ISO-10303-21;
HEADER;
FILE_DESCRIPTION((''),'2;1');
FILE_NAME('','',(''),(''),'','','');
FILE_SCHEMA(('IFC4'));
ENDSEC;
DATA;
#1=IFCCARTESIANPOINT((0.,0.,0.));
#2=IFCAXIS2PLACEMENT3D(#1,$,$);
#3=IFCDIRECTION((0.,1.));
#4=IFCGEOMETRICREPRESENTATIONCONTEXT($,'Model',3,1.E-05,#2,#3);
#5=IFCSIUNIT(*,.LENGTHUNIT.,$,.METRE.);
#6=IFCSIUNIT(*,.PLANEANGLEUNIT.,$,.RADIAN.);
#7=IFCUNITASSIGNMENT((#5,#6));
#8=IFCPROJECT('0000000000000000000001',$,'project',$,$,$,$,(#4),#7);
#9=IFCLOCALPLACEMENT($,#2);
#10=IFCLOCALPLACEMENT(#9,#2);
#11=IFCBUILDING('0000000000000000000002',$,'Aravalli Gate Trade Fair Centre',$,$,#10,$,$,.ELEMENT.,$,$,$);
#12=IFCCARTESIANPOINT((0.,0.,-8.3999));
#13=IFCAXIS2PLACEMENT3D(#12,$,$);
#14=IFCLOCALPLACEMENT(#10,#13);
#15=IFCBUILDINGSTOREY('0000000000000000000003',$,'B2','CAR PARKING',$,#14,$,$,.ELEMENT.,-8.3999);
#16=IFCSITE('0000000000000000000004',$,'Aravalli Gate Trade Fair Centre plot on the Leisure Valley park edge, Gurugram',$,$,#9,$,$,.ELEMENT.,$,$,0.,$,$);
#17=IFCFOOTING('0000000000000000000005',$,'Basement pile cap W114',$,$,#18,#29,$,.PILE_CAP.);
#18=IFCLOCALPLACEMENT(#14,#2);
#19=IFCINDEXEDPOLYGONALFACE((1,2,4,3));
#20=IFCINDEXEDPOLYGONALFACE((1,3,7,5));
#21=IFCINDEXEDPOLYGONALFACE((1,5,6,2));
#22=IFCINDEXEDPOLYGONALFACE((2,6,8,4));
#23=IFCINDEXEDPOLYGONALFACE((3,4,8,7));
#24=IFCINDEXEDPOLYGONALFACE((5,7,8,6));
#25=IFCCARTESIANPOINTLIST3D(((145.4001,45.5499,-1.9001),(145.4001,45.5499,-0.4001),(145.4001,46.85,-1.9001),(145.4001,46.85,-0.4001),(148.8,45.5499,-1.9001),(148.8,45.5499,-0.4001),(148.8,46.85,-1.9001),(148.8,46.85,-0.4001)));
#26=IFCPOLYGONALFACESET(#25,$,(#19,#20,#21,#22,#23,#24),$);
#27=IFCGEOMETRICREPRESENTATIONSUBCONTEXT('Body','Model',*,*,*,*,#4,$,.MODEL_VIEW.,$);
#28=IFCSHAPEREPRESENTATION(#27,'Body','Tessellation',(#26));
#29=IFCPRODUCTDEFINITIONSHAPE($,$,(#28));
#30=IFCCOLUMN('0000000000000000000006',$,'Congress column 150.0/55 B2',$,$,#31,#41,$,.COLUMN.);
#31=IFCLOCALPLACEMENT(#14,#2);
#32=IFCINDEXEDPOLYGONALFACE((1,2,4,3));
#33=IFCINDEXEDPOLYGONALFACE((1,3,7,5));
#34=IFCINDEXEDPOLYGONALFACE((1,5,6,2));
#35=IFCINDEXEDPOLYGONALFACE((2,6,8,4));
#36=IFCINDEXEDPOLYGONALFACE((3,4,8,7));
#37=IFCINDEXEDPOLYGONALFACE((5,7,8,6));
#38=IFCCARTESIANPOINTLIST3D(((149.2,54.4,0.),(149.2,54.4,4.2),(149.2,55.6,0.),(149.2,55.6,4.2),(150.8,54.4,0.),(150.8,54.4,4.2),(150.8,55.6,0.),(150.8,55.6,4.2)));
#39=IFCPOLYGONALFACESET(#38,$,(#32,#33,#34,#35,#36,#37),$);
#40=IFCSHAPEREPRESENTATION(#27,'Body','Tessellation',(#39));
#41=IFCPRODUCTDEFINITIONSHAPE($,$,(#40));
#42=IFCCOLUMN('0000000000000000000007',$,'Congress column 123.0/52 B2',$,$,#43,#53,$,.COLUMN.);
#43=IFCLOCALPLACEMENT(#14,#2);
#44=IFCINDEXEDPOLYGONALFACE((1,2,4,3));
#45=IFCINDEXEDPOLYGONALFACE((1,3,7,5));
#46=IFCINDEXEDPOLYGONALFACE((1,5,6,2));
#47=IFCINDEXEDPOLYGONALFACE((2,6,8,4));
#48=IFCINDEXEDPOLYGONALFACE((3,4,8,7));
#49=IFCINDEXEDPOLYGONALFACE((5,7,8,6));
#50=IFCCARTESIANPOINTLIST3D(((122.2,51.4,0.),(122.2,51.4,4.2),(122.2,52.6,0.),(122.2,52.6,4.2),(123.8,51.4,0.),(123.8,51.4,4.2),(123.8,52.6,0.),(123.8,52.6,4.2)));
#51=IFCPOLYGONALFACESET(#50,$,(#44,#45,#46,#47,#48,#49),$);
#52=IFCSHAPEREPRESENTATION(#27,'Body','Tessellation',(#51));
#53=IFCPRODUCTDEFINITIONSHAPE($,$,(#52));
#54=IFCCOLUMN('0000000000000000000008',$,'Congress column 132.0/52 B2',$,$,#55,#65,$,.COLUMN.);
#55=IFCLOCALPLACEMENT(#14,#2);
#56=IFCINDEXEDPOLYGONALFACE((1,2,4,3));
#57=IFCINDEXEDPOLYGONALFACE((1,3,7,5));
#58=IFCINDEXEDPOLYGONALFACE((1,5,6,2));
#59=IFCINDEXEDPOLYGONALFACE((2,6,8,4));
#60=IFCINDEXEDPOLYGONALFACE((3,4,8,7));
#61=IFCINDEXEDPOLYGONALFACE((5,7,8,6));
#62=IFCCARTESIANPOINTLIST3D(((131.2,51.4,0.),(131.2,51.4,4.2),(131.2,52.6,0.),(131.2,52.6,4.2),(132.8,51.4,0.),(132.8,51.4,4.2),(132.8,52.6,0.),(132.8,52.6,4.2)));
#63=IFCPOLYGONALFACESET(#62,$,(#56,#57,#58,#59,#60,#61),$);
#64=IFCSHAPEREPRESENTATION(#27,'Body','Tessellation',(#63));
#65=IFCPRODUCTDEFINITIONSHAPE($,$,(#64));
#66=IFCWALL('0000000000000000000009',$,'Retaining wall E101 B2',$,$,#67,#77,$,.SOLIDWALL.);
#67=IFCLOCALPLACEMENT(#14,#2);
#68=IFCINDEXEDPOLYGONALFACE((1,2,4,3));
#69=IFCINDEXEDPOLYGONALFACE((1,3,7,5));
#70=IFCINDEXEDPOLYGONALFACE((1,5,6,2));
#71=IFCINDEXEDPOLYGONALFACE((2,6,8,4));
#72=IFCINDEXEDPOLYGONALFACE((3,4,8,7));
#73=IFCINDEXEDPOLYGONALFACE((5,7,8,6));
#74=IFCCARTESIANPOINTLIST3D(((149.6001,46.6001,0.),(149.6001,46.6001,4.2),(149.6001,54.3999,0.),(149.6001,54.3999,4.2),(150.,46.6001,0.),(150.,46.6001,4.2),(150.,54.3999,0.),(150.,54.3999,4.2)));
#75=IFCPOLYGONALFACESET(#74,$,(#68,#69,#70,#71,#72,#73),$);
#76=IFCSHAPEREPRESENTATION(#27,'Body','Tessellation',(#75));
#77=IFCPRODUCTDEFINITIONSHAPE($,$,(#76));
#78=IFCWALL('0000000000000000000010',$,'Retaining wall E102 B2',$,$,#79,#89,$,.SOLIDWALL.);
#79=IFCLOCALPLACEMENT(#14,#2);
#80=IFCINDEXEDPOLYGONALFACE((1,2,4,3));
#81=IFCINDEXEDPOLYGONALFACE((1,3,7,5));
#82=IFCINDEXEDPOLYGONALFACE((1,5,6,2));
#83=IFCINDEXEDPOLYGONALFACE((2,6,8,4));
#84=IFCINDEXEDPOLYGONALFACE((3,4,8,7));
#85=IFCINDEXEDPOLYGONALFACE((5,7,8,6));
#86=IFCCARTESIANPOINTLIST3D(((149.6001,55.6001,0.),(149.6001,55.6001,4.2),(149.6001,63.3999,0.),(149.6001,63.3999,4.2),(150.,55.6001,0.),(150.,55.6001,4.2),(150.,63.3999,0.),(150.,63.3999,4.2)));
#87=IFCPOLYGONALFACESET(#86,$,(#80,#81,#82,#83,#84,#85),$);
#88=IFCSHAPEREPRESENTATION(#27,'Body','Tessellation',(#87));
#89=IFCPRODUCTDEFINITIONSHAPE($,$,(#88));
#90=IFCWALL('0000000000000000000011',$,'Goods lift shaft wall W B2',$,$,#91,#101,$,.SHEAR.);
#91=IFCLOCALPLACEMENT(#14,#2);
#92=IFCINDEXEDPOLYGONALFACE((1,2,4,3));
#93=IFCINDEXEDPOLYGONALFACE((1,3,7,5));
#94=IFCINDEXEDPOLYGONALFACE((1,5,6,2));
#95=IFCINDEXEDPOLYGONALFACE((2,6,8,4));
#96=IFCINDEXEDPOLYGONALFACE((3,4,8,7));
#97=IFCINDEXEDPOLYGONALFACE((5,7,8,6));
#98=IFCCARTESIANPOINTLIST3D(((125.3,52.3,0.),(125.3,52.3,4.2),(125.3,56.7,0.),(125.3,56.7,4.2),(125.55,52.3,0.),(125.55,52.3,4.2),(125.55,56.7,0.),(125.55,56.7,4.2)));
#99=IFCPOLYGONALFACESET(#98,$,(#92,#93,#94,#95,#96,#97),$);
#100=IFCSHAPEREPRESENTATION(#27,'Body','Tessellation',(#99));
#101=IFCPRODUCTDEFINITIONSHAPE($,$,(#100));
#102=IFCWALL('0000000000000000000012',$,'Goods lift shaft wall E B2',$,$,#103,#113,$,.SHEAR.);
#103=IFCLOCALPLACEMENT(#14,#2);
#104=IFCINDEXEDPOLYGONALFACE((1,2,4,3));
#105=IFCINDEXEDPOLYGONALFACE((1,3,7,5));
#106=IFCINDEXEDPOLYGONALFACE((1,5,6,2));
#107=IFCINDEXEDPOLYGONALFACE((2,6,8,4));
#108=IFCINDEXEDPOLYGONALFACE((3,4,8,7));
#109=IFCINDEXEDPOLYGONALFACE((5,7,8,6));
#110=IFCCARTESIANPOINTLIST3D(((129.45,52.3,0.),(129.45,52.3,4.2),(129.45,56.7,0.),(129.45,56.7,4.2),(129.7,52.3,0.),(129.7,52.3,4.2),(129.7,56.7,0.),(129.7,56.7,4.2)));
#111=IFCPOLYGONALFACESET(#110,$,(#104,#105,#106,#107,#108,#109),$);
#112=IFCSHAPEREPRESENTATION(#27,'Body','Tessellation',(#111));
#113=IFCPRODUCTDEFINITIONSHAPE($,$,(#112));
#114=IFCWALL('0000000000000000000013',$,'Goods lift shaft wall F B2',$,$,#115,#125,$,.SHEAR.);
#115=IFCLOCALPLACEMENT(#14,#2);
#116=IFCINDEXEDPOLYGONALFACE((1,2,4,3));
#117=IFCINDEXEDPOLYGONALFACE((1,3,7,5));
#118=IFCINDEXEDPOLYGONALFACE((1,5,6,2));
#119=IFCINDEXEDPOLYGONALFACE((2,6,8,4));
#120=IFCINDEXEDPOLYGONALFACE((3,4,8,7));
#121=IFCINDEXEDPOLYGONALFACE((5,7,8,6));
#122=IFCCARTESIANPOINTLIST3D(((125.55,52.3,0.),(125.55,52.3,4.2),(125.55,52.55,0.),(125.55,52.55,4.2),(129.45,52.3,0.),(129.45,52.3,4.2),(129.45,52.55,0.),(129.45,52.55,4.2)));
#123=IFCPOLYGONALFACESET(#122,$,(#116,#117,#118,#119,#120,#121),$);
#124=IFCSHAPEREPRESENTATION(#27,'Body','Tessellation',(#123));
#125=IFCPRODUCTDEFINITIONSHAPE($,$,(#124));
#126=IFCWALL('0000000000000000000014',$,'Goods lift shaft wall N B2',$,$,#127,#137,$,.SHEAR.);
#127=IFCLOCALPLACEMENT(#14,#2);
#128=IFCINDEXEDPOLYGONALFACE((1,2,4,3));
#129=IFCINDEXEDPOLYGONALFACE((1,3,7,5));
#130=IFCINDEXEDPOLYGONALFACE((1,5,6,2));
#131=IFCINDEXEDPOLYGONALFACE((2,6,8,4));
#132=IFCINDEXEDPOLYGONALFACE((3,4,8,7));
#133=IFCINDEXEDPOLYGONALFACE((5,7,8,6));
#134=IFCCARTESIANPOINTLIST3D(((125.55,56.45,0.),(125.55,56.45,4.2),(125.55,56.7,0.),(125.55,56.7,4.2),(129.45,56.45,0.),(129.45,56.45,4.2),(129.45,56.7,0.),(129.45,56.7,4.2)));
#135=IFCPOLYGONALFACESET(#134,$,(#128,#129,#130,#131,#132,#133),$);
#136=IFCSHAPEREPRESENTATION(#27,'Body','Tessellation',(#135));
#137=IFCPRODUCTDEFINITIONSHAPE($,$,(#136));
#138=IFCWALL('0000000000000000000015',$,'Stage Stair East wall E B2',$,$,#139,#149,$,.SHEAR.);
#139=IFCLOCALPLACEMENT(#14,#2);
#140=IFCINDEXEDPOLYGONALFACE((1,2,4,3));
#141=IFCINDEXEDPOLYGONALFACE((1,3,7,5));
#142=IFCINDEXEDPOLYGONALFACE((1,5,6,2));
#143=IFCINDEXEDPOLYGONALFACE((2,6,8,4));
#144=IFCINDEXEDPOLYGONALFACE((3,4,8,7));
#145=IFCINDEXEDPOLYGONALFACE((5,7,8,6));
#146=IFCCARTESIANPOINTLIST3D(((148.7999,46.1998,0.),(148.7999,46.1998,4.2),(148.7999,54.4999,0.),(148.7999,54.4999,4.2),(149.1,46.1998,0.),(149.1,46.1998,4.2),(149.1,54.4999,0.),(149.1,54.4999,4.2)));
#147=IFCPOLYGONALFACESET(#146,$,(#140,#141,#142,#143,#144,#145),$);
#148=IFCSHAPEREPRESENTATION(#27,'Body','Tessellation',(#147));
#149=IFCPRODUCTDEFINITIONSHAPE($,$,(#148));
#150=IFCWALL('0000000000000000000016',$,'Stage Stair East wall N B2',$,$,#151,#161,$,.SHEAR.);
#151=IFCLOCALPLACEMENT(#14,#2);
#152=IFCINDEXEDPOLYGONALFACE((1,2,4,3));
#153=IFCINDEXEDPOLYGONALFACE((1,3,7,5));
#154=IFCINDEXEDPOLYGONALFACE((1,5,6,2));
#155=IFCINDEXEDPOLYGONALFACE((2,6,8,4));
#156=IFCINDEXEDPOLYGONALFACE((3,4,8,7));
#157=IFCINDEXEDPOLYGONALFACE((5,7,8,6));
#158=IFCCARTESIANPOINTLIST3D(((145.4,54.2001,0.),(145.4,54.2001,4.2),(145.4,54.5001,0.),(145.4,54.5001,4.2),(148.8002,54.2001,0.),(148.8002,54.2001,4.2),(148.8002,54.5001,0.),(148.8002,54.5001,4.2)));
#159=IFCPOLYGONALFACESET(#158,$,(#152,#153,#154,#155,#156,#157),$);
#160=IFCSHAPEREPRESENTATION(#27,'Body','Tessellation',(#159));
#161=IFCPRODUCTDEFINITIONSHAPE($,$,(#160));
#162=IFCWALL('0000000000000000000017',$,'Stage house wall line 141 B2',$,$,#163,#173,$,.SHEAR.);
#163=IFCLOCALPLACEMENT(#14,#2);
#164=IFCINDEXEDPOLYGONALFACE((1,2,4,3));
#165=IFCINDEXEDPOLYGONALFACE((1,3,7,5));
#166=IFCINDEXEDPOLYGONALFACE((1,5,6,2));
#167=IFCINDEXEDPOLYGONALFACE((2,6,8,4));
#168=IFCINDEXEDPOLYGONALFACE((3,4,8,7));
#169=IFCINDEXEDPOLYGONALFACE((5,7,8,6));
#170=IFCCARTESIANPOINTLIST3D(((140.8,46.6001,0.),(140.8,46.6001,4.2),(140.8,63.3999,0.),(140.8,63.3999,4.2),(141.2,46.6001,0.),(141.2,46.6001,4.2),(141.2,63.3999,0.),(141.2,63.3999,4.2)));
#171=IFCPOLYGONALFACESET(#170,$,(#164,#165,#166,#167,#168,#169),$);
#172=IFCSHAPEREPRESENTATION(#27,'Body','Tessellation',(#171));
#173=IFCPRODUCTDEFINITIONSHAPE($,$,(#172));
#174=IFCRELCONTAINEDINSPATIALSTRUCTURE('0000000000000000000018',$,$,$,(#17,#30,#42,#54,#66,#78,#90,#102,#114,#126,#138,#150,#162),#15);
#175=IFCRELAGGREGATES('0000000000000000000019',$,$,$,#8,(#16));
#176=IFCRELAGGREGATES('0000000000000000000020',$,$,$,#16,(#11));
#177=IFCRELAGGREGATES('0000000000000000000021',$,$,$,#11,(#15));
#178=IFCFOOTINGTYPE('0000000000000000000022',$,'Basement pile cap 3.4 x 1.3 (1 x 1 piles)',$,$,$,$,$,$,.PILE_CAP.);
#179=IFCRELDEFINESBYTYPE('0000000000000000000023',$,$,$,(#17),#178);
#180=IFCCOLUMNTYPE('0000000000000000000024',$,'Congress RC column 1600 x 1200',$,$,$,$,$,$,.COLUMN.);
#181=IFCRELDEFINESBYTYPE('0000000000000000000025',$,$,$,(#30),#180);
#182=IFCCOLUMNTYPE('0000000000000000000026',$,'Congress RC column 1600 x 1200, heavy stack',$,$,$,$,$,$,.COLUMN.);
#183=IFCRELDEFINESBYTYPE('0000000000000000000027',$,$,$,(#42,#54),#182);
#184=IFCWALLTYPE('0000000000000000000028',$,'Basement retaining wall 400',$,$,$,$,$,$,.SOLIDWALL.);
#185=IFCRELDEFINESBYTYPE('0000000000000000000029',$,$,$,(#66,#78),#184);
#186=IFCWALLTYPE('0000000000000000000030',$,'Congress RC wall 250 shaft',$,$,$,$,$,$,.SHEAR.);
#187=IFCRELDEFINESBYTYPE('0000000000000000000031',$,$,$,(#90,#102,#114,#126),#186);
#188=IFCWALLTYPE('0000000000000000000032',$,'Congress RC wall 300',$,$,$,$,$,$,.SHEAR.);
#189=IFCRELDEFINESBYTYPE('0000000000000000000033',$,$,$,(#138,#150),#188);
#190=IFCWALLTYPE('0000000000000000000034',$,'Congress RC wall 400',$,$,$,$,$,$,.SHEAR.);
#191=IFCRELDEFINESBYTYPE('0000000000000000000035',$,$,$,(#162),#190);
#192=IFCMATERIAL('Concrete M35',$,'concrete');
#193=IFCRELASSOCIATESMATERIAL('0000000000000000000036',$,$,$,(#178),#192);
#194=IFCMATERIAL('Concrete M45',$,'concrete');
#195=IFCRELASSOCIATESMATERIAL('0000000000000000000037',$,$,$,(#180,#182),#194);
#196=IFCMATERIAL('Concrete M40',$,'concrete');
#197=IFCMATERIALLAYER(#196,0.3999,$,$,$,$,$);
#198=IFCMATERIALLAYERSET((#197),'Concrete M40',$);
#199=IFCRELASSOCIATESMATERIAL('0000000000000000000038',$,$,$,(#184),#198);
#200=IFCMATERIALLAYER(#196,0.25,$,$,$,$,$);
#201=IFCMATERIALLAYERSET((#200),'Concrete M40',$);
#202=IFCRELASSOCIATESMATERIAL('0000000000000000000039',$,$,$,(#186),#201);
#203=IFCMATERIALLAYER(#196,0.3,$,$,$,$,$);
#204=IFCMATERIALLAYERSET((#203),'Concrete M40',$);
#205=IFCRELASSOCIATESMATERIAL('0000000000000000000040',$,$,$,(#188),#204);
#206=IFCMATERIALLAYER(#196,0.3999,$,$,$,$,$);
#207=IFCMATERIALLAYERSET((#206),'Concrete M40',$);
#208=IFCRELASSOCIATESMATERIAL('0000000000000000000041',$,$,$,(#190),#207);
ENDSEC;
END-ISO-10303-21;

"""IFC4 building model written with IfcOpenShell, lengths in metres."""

from ifc_helpers import new_model, si_unit, direction, frame, frame_2d, origin, origin_2d, place, context, subcontext, project, spatial, rectangle, extrude, material, layer, layer_set, material_profile, profile_set, type_object, element, save


model = new_model("IFC4")

# Units and contexts
model_context = context("Model", 3, precision=1e-05, world=origin(), true_north=direction((0.0, 1.0)))
body_context = subcontext(model_context, "Body", "Model", "MODEL_VIEW")
ifc_project = project(units=[si_unit("LENGTHUNIT", "METRE"), si_unit("PLANEANGLEUNIT", "RADIAN")], contexts=[model_context])

# Site, building, storey
site_placement = place(None, origin())
site = spatial("IfcSite", under=ifc_project, at=site_placement, Name="Aravalli Gate Trade Fair Centre plot on the Leisure Valley park edge, Gurugram", CompositionType="ELEMENT", RefElevation=0.0)
building_placement = place(site_placement, origin())
building = spatial("IfcBuilding", under=site, at=building_placement, Name="Aravalli Gate Trade Fair Centre", CompositionType="ELEMENT")
storey_placement = place(building_placement, frame((0.0, 0.0, -8.3999)))
storey = spatial("IfcBuildingStorey", under=building, at=storey_placement, Name="B2", Description="CAR PARKING", CompositionType="ELEMENT", Elevation=-8.3999)

# Shared definitions
ifc_material_1 = material(Name="Concrete M35", Category="concrete")

# Footing
footing_type_1 = type_object("IfcFootingType", Name="Basement pile cap 3.4 x 1.3 (1 x 1 piles)", PredefinedType="PILE_CAP", material=ifc_material_1)
footing_placement = place(storey_placement, frame((147.1001, 46.2, -1.9001), z_axis=(0.0, 0.0, 1.0), x_axis=(1.0, 0.0, 0.0)))
element("IfcFooting", 1, at=footing_placement, inside=storey, type_object=footing_type_1, Name="Basement pile cap W114", PredefinedType="PILE_CAP", context=body_context, shape_type="SweptSolid", body=[
    extrude(rectangle(XDim=3.3999, YDim=1.3, at=origin_2d()), origin(), (0.0, 0.0, 1.0), 1.5),
])

# Columns
ifc_material_2 = material(Name="Concrete M45", Category="concrete")
ifc_material_profile_1 = material_profile(ifc_material_2, rectangle(XDim=1.6001, YDim=1.2, at=origin_2d()), Name="RC 1600x1200")
ifc_profile_set_1 = profile_set([ifc_material_profile_1], Name="Concrete M45")
column_type_1 = type_object("IfcColumnType", Name="Congress RC column 1600 x 1200", PredefinedType="COLUMN", material=ifc_profile_set_1)
column_placement = place(storey_placement, frame((150.0, 55.0, 0.0), z_axis=(0.0, 0.0, 1.0), x_axis=(1.0, 0.0, 0.0)))
element("IfcColumn", 2, at=column_placement, inside=storey, type_object=column_type_1, Name="Congress column 150.0/55 B2", PredefinedType="COLUMN", context=body_context, shape_type="SweptSolid", body=[
    extrude(rectangle(XDim=1.6001, YDim=1.2, at=origin_2d()), origin(), (0.0, 0.0, 1.0), 4.2),
])
ifc_material_profile_2 = material_profile(ifc_material_2, rectangle(XDim=1.6001, YDim=1.2, at=origin_2d()), Name="RC 1600x1200")
ifc_profile_set_2 = profile_set([ifc_material_profile_2], Name="Concrete M45")
column_type_2 = type_object("IfcColumnType", Name="Congress RC column 1600 x 1200, heavy stack", PredefinedType="COLUMN", material=ifc_profile_set_2)
for number, where, z_axis, x_axis, name in (
    (3, (123.0, 52.0, 0.0), (0.0, 0.0, 1.0), (1.0, 0.0, 0.0), "Congress column 123.0/52 B2"),
    (4, (132.0, 52.0, 0.0), (0.0, 0.0, 1.0), (1.0, 0.0, 0.0), "Congress column 132.0/52 B2"),
):
    element("IfcColumn", number, at=place(storey_placement, frame(where, z_axis=z_axis, x_axis=x_axis)), inside=storey, type_object=column_type_2, Name=name, PredefinedType="COLUMN", context=body_context, shape_type="SweptSolid", body=[
        extrude(rectangle(XDim=1.6001, YDim=1.2, at=origin_2d()), origin(), (0.0, 0.0, 1.0), 4.2),
    ])

# Walls
ifc_material_3 = material(Name="Concrete M40", Category="concrete")
ifc_layer_1 = layer(ifc_material_3, 0.3999)
ifc_layer_set_1 = layer_set([ifc_layer_1], Name="Concrete M40")
wall_type_1 = type_object("IfcWallType", Name="Basement retaining wall 400", PredefinedType="SOLIDWALL", material=ifc_layer_set_1)
for number, where, z_axis, x_axis, name in (
    (5, (149.8, 46.6001, 0.0), (0.0, 0.0, 1.0), (0.0, 1.0, 0.0), "Retaining wall E101 B2"),
    (6, (149.8, 55.6001, 0.0), (0.0, 0.0, 1.0), (0.0, 1.0, 0.0), "Retaining wall E102 B2"),
):
    element("IfcWall", number, at=place(storey_placement, frame(where, z_axis=z_axis, x_axis=x_axis)), inside=storey, type_object=wall_type_1, Name=name, PredefinedType="SOLIDWALL", context=body_context, shape_type="SweptSolid", body=[
        extrude(rectangle(XDim=7.7998, YDim=0.3999, at=frame_2d((3.8999, 0.0))), origin(), (0.0, 0.0, 1.0), 4.2),
    ])
ifc_layer_2 = layer(ifc_material_3, 0.25)
ifc_layer_set_2 = layer_set([ifc_layer_2], Name="Concrete M40")
wall_type_2 = type_object("IfcWallType", Name="Congress RC wall 250 shaft", PredefinedType="SHEAR", material=ifc_layer_set_2)
for number, where, z_axis, x_axis, name in (
    (7, (125.425, 52.3, 0.0), (0.0, 0.0, 1.0), (0.0, 1.0, 0.0), "Goods lift shaft wall W B2"),
    (8, (129.575, 52.3, 0.0), (0.0, 0.0, 1.0), (0.0, 1.0, 0.0), "Goods lift shaft wall E B2"),
):
    element("IfcWall", number, at=place(storey_placement, frame(where, z_axis=z_axis, x_axis=x_axis)), inside=storey, type_object=wall_type_2, Name=name, PredefinedType="SHEAR", context=body_context, shape_type="SweptSolid", body=[
        extrude(rectangle(XDim=4.3999, YDim=0.25, at=frame_2d((2.2, 0.0))), origin(), (0.0, 0.0, 1.0), 4.2),
    ])
for number, where, z_axis, x_axis, name in (
    (9, (125.55, 52.425, 0.0), (0.0, 0.0, 1.0), (1.0, 0.0, 0.0), "Goods lift shaft wall F B2"),
    (10, (125.55, 56.575, 0.0), (0.0, 0.0, 1.0), (1.0, 0.0, 0.0), "Goods lift shaft wall N B2"),
):
    element("IfcWall", number, at=place(storey_placement, frame(where, z_axis=z_axis, x_axis=x_axis)), inside=storey, type_object=wall_type_2, Name=name, PredefinedType="SHEAR", context=body_context, shape_type="SweptSolid", body=[
        extrude(rectangle(XDim=3.8999, YDim=0.25, at=frame_2d((1.95, 0.0))), origin(), (0.0, 0.0, 1.0), 4.2),
    ])
ifc_layer_3 = layer(ifc_material_3, 0.3)
ifc_layer_set_3 = layer_set([ifc_layer_3], Name="Concrete M40")
wall_type_3 = type_object("IfcWallType", Name="Congress RC wall 300", PredefinedType="SHEAR", material=ifc_layer_set_3)
wall_1_placement = place(storey_placement, frame((148.95, 46.2, 0.0), z_axis=(0.0, 0.0, 1.0), x_axis=(0.0, 1.0, 0.0)))
element("IfcWall", 11, at=wall_1_placement, inside=storey, type_object=wall_type_3, Name="Stage Stair East wall E B2", PredefinedType="SHEAR", context=body_context, shape_type="SweptSolid", body=[
    extrude(rectangle(XDim=8.3, YDim=0.3, at=frame_2d((4.1499, 0.0))), origin(), (0.0, 0.0, 1.0), 4.2),
])
wall_2_placement = place(storey_placement, frame((145.3999, 54.3501, 0.0), z_axis=(0.0, 0.0, 1.0), x_axis=(1.0, 0.0, 0.0)))
element("IfcWall", 12, at=wall_2_placement, inside=storey, type_object=wall_type_3, Name="Stage Stair East wall N B2", PredefinedType="SHEAR", context=body_context, shape_type="SweptSolid", body=[
    extrude(rectangle(XDim=3.4001, YDim=0.3, at=frame_2d((1.7002, 0.0))), origin(), (0.0, 0.0, 1.0), 4.2),
])
ifc_layer_4 = layer(ifc_material_3, 0.3999)
ifc_layer_set_4 = layer_set([ifc_layer_4], Name="Concrete M40")
wall_type_4 = type_object("IfcWallType", Name="Congress RC wall 400", PredefinedType="SHEAR", material=ifc_layer_set_4)
wall_3_placement = place(storey_placement, frame((141.0, 46.6001, 0.0), z_axis=(0.0, 0.0, 1.0), x_axis=(0.0, 1.0, 0.0)))
element("IfcWall", 13, at=wall_3_placement, inside=storey, type_object=wall_type_4, Name="Stage house wall line 141 B2", PredefinedType="SHEAR", context=body_context, shape_type="SweptSolid", body=[
    extrude(rectangle(XDim=16.7998, YDim=0.3999, at=frame_2d((8.3999, 0.0))), origin(), (0.0, 0.0, 1.0), 4.2),
])

save(model, "model.ifc")
